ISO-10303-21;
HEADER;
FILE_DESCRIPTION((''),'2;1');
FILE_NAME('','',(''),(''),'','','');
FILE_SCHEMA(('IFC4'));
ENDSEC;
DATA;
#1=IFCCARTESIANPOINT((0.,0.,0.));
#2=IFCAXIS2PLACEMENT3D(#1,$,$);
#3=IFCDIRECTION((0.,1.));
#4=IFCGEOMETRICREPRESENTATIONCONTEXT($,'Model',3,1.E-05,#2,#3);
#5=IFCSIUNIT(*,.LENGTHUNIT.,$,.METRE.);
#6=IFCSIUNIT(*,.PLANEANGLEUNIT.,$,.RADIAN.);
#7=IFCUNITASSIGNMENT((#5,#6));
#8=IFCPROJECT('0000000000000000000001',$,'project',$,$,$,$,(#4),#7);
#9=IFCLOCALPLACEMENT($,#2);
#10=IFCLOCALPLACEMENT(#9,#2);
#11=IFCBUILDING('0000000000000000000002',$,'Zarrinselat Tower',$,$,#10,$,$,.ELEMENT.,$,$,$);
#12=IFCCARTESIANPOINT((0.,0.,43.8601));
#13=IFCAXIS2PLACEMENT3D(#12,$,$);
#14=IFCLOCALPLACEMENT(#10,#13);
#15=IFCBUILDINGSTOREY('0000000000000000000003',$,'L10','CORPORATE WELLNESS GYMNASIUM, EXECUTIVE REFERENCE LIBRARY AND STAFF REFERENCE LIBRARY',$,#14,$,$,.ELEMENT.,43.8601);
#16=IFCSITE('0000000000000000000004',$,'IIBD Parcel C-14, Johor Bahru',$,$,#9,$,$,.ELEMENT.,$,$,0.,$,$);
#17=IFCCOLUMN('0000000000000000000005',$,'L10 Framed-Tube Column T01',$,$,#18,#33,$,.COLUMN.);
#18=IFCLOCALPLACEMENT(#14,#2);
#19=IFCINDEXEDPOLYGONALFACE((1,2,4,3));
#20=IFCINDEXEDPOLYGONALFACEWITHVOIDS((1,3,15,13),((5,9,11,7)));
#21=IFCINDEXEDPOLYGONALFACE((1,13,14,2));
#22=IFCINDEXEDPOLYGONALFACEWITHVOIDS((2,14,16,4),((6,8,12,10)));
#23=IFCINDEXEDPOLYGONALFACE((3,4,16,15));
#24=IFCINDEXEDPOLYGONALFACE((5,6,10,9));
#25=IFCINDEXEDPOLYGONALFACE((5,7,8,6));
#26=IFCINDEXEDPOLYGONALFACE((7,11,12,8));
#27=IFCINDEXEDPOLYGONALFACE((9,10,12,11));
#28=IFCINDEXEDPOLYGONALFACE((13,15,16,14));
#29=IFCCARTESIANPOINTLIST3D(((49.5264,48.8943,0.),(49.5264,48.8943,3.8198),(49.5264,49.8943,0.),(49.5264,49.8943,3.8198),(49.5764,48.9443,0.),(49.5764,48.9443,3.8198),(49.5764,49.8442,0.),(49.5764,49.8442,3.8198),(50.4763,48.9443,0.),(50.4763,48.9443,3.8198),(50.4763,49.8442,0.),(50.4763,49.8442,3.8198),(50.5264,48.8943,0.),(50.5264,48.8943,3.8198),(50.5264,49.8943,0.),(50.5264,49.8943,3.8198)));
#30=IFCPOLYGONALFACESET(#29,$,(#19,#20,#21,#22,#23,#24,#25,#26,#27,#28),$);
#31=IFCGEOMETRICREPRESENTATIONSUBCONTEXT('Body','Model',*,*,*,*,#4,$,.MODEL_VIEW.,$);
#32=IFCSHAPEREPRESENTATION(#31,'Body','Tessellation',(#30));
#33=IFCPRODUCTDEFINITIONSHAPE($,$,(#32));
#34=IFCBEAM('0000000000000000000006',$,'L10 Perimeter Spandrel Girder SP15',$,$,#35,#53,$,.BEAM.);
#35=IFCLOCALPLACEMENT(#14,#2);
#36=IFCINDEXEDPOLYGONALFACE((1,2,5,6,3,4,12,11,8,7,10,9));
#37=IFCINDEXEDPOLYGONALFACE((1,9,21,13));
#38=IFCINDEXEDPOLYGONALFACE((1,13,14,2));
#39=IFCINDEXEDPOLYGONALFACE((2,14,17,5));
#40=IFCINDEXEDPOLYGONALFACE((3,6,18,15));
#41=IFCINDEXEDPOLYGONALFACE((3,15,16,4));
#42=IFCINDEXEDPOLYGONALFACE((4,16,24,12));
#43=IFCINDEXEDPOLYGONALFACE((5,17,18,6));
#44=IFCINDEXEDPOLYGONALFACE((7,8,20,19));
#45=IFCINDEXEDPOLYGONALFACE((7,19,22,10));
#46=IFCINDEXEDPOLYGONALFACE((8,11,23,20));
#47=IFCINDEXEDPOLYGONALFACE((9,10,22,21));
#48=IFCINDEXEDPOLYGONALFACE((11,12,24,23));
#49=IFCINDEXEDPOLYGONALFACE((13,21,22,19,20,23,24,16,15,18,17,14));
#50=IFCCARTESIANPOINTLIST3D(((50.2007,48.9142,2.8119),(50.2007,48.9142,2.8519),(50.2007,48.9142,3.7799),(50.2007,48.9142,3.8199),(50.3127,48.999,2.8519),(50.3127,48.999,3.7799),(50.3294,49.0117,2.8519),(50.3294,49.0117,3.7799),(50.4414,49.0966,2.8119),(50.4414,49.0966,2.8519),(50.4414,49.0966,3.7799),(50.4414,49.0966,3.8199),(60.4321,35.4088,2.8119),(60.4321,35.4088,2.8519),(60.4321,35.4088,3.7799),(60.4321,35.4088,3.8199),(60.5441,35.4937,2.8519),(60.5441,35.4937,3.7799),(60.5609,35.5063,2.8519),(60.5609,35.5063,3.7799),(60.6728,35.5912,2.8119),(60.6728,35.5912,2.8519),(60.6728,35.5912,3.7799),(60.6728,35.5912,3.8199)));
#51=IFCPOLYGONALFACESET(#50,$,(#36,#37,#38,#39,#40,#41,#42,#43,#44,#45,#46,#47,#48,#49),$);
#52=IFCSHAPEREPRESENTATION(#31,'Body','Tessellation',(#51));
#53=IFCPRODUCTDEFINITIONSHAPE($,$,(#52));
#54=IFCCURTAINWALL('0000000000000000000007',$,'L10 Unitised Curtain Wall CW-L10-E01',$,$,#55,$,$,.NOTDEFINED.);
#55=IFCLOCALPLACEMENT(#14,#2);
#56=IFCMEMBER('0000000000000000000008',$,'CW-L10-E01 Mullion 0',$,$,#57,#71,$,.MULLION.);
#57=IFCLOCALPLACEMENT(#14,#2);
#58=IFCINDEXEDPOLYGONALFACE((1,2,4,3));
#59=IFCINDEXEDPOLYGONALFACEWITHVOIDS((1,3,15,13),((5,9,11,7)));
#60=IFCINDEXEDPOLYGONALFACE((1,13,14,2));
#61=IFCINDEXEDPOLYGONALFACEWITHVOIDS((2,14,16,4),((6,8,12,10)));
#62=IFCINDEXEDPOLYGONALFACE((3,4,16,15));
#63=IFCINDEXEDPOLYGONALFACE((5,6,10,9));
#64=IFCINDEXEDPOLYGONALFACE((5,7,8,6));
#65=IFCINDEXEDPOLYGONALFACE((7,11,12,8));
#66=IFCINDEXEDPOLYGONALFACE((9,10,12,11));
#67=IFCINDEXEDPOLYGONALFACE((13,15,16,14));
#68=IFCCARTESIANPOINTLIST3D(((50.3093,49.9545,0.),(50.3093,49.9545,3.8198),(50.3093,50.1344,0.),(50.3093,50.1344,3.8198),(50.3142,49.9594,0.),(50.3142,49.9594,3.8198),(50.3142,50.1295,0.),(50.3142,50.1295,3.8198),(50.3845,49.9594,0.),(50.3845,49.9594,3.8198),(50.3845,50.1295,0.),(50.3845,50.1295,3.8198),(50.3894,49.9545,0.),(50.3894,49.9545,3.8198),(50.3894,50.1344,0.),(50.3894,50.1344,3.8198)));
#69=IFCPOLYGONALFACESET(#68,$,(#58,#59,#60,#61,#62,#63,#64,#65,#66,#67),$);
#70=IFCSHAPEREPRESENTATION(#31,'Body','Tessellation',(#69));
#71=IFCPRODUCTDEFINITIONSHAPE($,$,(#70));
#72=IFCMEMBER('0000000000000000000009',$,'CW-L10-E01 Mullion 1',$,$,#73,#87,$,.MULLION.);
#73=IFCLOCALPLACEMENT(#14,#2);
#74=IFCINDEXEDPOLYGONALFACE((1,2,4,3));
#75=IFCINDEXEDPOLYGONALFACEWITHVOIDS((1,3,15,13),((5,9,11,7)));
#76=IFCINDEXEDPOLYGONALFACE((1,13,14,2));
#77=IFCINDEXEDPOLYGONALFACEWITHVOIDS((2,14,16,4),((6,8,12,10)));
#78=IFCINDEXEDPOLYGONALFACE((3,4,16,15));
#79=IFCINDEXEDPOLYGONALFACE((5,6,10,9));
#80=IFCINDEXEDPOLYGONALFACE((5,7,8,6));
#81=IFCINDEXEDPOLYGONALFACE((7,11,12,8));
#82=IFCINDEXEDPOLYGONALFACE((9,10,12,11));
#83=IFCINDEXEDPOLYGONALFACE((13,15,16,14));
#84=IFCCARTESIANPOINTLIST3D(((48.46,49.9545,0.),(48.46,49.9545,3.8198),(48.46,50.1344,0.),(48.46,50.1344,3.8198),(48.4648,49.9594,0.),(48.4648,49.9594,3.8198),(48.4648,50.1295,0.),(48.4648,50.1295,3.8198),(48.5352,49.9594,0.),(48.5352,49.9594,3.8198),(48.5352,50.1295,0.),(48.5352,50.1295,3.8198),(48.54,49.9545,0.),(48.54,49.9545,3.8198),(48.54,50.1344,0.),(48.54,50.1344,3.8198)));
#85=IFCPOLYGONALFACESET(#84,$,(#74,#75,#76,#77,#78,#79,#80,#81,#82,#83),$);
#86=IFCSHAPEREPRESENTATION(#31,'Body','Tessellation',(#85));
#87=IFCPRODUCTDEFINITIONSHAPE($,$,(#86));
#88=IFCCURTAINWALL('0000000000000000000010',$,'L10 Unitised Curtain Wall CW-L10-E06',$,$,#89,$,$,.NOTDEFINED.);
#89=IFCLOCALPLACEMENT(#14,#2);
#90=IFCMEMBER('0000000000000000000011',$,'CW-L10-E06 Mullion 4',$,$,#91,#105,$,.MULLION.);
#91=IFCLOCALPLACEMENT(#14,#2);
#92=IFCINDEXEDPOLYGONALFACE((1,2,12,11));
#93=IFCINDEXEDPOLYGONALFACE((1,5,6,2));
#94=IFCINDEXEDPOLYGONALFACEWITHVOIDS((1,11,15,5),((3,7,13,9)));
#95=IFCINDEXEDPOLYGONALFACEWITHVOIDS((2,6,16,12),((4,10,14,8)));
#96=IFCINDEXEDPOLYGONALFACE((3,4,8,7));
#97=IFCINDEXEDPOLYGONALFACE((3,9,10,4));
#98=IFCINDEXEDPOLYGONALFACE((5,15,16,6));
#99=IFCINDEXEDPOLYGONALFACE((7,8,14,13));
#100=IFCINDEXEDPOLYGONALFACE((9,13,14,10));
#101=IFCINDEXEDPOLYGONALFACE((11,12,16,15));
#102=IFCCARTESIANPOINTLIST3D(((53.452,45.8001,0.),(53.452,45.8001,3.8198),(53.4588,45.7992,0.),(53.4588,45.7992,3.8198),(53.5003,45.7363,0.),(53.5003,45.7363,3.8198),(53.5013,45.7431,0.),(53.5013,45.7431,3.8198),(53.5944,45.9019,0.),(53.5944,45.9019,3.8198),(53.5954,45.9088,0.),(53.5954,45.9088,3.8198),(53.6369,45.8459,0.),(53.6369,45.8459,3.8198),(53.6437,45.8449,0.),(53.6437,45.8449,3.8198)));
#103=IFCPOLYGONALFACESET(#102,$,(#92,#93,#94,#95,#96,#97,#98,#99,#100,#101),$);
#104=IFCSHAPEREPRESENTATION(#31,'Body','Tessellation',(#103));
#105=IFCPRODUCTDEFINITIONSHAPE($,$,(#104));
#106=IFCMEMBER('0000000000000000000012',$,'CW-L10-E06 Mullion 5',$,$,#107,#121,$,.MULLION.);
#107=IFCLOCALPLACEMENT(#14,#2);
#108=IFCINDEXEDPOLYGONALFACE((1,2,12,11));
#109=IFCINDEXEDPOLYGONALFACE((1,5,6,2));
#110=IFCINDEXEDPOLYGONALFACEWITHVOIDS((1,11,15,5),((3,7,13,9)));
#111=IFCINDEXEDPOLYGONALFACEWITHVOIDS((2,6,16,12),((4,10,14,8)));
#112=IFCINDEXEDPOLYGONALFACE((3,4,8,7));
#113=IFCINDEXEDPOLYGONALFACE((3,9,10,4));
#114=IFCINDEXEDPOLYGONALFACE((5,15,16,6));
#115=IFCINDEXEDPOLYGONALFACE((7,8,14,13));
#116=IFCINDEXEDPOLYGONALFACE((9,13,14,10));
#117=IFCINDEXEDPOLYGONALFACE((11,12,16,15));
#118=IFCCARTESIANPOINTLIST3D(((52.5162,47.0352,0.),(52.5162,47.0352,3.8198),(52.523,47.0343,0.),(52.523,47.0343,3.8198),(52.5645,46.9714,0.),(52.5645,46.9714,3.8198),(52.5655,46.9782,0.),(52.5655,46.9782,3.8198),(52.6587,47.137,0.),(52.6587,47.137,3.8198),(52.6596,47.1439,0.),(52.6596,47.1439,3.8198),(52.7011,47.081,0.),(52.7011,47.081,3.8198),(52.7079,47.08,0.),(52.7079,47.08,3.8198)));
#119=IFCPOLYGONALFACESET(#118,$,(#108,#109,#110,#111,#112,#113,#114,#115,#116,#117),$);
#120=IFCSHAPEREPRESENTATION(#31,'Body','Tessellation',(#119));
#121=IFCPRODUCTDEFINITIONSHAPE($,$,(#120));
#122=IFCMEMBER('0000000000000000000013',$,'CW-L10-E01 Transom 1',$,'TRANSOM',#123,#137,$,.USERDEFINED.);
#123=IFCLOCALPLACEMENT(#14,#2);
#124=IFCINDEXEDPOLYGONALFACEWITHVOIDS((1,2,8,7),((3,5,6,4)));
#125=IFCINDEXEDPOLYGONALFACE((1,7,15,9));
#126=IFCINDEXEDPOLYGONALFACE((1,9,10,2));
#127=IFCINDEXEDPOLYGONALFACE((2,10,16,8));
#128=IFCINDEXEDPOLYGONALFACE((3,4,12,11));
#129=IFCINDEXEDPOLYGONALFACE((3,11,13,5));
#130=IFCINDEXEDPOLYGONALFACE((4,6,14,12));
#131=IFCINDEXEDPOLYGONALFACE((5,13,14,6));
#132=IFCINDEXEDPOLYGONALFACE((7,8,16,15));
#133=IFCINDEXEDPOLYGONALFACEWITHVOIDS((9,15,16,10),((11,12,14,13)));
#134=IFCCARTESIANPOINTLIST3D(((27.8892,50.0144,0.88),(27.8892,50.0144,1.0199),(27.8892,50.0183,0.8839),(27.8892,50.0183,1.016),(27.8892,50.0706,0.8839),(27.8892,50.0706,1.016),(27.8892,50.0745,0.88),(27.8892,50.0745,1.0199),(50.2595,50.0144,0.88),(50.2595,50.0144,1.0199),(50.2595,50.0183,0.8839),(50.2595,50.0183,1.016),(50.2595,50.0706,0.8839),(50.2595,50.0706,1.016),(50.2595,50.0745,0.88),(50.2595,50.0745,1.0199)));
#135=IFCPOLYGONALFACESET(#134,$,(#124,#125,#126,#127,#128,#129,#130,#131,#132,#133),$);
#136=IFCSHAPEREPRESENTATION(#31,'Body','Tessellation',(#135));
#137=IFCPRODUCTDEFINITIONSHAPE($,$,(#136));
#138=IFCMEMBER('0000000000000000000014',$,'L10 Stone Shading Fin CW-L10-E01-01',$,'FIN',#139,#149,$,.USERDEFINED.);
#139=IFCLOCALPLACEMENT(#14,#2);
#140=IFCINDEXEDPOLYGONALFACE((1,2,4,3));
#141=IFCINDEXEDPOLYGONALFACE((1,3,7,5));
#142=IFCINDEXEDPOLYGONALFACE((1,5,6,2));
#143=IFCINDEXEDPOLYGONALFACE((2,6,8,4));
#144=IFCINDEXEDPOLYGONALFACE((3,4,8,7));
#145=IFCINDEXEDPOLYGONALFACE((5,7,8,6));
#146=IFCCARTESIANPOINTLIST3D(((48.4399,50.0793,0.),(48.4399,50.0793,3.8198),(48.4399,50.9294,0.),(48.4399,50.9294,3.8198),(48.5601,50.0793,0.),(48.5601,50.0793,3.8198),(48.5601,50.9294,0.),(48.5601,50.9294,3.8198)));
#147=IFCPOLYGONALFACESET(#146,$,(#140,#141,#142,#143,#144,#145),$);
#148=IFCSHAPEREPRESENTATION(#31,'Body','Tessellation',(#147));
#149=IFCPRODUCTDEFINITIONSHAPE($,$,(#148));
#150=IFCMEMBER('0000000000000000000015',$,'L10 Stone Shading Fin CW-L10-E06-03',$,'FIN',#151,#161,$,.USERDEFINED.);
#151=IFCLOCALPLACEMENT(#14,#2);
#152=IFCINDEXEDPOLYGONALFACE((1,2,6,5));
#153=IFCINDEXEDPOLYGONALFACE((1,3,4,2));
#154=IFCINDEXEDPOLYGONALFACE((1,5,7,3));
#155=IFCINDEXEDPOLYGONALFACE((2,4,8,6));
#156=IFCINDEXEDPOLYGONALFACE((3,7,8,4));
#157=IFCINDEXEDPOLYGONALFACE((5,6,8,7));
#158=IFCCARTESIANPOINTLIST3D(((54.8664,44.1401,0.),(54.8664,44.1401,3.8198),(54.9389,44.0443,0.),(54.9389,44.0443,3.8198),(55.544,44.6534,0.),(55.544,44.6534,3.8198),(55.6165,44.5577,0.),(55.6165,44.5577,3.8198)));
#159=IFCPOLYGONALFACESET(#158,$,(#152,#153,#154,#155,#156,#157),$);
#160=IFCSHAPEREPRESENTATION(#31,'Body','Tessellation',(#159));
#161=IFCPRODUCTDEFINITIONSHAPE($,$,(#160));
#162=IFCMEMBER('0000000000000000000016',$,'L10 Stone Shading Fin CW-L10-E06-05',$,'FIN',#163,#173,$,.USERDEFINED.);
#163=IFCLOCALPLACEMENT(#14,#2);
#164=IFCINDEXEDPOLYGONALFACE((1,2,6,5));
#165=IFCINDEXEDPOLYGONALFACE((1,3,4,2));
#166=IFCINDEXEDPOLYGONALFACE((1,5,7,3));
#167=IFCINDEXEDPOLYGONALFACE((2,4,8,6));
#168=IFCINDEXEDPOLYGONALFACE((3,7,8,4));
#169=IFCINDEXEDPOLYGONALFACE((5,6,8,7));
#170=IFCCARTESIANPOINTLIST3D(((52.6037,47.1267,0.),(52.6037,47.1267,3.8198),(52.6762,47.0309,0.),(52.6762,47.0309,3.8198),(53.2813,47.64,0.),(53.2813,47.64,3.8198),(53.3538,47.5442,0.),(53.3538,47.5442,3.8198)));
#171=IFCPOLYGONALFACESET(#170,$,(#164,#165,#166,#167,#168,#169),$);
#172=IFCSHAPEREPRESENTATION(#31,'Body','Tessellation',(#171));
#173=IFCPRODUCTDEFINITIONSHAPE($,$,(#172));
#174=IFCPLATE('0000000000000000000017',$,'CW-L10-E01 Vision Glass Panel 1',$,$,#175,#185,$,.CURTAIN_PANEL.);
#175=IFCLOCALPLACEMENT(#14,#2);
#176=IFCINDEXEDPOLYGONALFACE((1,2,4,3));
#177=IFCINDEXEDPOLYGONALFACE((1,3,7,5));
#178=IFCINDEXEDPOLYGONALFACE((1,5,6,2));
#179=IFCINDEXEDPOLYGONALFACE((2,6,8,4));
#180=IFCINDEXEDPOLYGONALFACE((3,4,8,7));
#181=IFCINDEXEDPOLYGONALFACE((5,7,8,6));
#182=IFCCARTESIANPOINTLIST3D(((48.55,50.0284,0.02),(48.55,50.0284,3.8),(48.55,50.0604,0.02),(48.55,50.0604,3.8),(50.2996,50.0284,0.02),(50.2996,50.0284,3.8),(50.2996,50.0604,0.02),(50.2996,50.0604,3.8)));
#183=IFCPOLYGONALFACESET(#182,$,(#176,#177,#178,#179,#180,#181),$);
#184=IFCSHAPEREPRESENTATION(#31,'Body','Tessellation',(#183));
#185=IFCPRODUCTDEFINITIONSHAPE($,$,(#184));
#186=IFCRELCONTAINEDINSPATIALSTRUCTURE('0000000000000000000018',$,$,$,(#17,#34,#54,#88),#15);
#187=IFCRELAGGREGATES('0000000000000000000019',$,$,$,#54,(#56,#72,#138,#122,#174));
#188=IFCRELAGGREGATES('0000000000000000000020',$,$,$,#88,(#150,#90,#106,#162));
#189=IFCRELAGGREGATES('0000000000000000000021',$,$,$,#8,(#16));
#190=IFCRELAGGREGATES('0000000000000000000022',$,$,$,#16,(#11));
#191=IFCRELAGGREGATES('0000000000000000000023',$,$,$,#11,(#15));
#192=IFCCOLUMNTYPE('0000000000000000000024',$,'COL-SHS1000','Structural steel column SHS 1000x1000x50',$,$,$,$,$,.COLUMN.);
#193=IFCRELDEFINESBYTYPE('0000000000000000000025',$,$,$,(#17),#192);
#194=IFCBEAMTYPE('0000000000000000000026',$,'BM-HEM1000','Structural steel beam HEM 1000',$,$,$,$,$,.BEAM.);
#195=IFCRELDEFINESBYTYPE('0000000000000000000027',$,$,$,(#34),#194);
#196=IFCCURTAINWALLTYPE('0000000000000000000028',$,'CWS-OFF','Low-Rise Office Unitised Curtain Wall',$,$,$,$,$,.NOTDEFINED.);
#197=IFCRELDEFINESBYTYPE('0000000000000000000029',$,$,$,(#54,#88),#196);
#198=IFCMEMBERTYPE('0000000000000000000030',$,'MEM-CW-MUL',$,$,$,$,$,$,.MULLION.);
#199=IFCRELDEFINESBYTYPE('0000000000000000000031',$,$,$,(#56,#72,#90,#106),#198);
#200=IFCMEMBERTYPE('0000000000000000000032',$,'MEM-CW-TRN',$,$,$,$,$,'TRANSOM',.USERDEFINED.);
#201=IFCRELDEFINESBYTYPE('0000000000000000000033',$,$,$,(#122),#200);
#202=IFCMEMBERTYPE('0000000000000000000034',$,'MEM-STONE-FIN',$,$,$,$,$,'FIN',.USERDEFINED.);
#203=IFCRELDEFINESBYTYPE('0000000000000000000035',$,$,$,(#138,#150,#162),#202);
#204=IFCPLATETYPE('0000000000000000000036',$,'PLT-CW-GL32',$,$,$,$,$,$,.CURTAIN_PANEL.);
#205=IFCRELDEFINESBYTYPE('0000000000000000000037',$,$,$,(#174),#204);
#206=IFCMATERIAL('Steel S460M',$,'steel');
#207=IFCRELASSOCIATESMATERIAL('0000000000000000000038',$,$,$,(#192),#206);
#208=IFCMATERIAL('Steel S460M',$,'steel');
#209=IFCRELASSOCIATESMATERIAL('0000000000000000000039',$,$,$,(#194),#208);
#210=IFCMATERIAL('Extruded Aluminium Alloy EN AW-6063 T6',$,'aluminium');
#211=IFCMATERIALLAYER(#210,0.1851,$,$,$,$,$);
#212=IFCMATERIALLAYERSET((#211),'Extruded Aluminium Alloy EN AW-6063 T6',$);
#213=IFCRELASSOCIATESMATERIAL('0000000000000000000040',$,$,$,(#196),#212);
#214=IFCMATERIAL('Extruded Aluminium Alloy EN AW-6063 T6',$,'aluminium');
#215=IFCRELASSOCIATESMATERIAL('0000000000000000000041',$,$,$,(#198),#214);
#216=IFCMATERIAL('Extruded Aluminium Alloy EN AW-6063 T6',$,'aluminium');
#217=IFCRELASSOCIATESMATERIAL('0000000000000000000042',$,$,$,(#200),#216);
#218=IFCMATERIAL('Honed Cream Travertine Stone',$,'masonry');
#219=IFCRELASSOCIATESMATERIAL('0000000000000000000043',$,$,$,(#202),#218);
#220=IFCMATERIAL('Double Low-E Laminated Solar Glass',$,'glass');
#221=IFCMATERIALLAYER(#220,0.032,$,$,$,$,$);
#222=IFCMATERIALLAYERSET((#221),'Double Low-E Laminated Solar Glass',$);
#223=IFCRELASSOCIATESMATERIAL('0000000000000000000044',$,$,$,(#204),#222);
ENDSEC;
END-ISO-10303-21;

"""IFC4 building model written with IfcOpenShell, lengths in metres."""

from ifc_helpers import new_model, si_unit, direction, frame, origin, origin_2d, place, context, subcontext, project, spatial, rectangle, hollow_rectangle, i_section, extrude, material, layer, layer_set, material_profile, profile_set, type_object, element, aggregate, save


model = new_model("IFC4")

# Units and contexts
model_context = context("Model", 3, precision=1e-05, world=origin(), true_north=direction((0.0, 1.0)))
body_context = subcontext(model_context, "Body", "Model", "MODEL_VIEW")
ifc_project = project(units=[si_unit("LENGTHUNIT", "METRE"), si_unit("PLANEANGLEUNIT", "RADIAN")], contexts=[model_context])

# Site, building, storey
site_placement = place(None, origin())
site = spatial("IfcSite", under=ifc_project, at=site_placement, Name="IIBD Parcel C-14, Johor Bahru", CompositionType="ELEMENT", RefElevation=0.0)
building_placement = place(site_placement, origin())
building = spatial("IfcBuilding", under=site, at=building_placement, Name="Zarrinselat Tower", CompositionType="ELEMENT")
storey_placement = place(building_placement, frame((0.0, 0.0, 43.8601)))
storey = spatial("IfcBuildingStorey", under=building, at=storey_placement, Name="L10", Description="CORPORATE WELLNESS GYMNASIUM, EXECUTIVE REFERENCE LIBRARY AND STAFF REFERENCE LIBRARY", CompositionType="ELEMENT", Elevation=43.8601)

# Column
ifc_material_1 = material(Name="Steel S460M", Category="steel")
ifc_material_profile_1 = material_profile(ifc_material_1, hollow_rectangle(XDim=1.0, YDim=1.0, WallThickness=0.05, at=origin_2d()), Name="SHS 1000x1000x50")
ifc_profile_set_1 = profile_set([ifc_material_profile_1], Name="Steel S460M")
column_type = type_object("IfcColumnType", Name="COL-SHS1000", Description="Structural steel column SHS 1000x1000x50", PredefinedType="COLUMN", material=ifc_profile_set_1)
column_placement = place(storey_placement, frame((50.0264, 49.3943, 0.0), z_axis=(0.0, 0.0, 1.0), x_axis=(1.0, 0.0, 0.0)))
element("IfcColumn", 1, at=column_placement, inside=storey, type_object=column_type, Name="L10 Framed-Tube Column T01", PredefinedType="COLUMN", context=body_context, shape_type="SweptSolid", body=[
    extrude(hollow_rectangle(XDim=1.0, YDim=1.0, WallThickness=0.05, at=origin_2d()), origin(), (0.0, 0.0, 1.0), 3.8198),
])

# Beam
ifc_material_2 = material(Name="Steel S460M", Category="steel")
ifc_material_profile_2 = material_profile(ifc_material_2, i_section(OverallWidth=0.302, OverallDepth=1.0081, WebThickness=0.021, FlangeThickness=0.04, at=origin_2d()), Name="HEM 1000")
ifc_profile_set_2 = profile_set([ifc_material_profile_2], Name="Steel S460M")
beam_type = type_object("IfcBeamType", Name="BM-HEM1000", Description="Structural steel beam HEM 1000", PredefinedType="BEAM", material=ifc_profile_set_2)
beam_placement = place(storey_placement, frame((50.321, 49.0054, 3.3159), z_axis=(0.603862, -0.797089, 0.0), x_axis=(0.797089, 0.603862, 0.0)))
element("IfcBeam", 2, at=beam_placement, inside=storey, type_object=beam_type, Name="L10 Perimeter Spandrel Girder SP15", PredefinedType="BEAM", context=body_context, shape_type="SweptSolid", body=[
    extrude(i_section(OverallWidth=0.302, OverallDepth=1.0081, WebThickness=0.021, FlangeThickness=0.04, at=origin_2d()), origin(), (0.0, 0.0, 1.0), 16.9434),
])

# Curtain walls, members
ifc_material_3 = material(Name="Extruded Aluminium Alloy EN AW-6063 T6", Category="aluminium")
ifc_layer_1 = layer(ifc_material_3, 0.1851)
ifc_layer_set_1 = layer_set([ifc_layer_1], Name="Extruded Aluminium Alloy EN AW-6063 T6")
curtain_wall_type = type_object("IfcCurtainWallType", Name="CWS-OFF", Description="Low-Rise Office Unitised Curtain Wall", PredefinedType="NOTDEFINED", material=ifc_layer_set_1)
curtain_wall_1_placement = place(storey_placement, origin())
curtain_wall_1 = element("IfcCurtainWall", 3, at=curtain_wall_1_placement, inside=storey, type_object=curtain_wall_type, Name="L10 Unitised Curtain Wall CW-L10-E01", PredefinedType="NOTDEFINED")
ifc_material_4 = material(Name="Extruded Aluminium Alloy EN AW-6063 T6", Category="aluminium")
ifc_material_profile_3 = material_profile(ifc_material_4, hollow_rectangle(XDim=0.0801, YDim=0.1799, WallThickness=0.0049, at=origin_2d()), Name="RHS 180x80x5")
ifc_profile_set_3 = profile_set([ifc_material_profile_3], Name="Extruded Aluminium Alloy EN AW-6063 T6")
member_type_1 = type_object("IfcMemberType", Name="MEM-CW-MUL", PredefinedType="MULLION", material=ifc_profile_set_3)
member_1_placement = place(storey_placement, frame((50.3494, 50.0444, 0.0), z_axis=(0.0, 0.0, 1.0), x_axis=(-1.0, 0.0, 0.0)))
member_1 = element("IfcMember", 4, at=member_1_placement, type_object=member_type_1, Name="CW-L10-E01 Mullion 0", PredefinedType="MULLION", context=body_context, shape_type="SweptSolid", body=[
    extrude(hollow_rectangle(XDim=0.0801, YDim=0.1799, WallThickness=0.0049, at=origin_2d()), origin(), (0.0, 0.0, 1.0), 3.8198),
])
member_2_placement = place(storey_placement, frame((48.5, 50.0444, 0.0), z_axis=(0.0, 0.0, 1.0), x_axis=(-1.0, 0.0, 0.0)))
member_2 = element("IfcMember", 5, at=member_2_placement, type_object=member_type_1, Name="CW-L10-E01 Mullion 1", PredefinedType="MULLION", context=body_context, shape_type="SweptSolid", body=[
    extrude(hollow_rectangle(XDim=0.0801, YDim=0.1799, WallThickness=0.0049, at=origin_2d()), origin(), (0.0, 0.0, 1.0), 3.8198),
])
curtain_wall_2_placement = place(storey_placement, origin())
curtain_wall_2 = element("IfcCurtainWall", 6, at=curtain_wall_2_placement, inside=storey, type_object=curtain_wall_type, Name="L10 Unitised Curtain Wall CW-L10-E06", PredefinedType="NOTDEFINED")
member_3_placement = place(storey_placement, frame((53.5479, 45.8225, 0.0), z_axis=(0.0, 0.0, 1.0), x_axis=(-0.603858, 0.797092, 0.0)))
member_3 = element("IfcMember", 7, at=member_3_placement, type_object=member_type_1, Name="CW-L10-E06 Mullion 4", PredefinedType="MULLION", context=body_context, shape_type="SweptSolid", body=[
    extrude(hollow_rectangle(XDim=0.0801, YDim=0.1799, WallThickness=0.0049, at=origin_2d()), origin(), (0.0, 0.0, 1.0), 3.8198),
])
member_4_placement = place(storey_placement, frame((52.6121, 47.0576, 0.0), z_axis=(0.0, 0.0, 1.0), x_axis=(-0.603858, 0.797092, 0.0)))
member_4 = element("IfcMember", 8, at=member_4_placement, type_object=member_type_1, Name="CW-L10-E06 Mullion 5", PredefinedType="MULLION", context=body_context, shape_type="SweptSolid", body=[
    extrude(hollow_rectangle(XDim=0.0801, YDim=0.1799, WallThickness=0.0049, at=origin_2d()), origin(), (0.0, 0.0, 1.0), 3.8198),
])

# Members
ifc_material_5 = material(Name="Extruded Aluminium Alloy EN AW-6063 T6", Category="aluminium")
ifc_material_profile_4 = material_profile(ifc_material_5, hollow_rectangle(XDim=0.0601, YDim=0.1399, WallThickness=0.0039, at=origin_2d()), Name="RHS 140x60x4")
ifc_profile_set_4 = profile_set([ifc_material_profile_4], Name="Extruded Aluminium Alloy EN AW-6063 T6")
member_type_2 = type_object("IfcMemberType", Name="MEM-CW-TRN", ElementType="TRANSOM", PredefinedType="USERDEFINED", material=ifc_profile_set_4)
member_5_placement = place(storey_placement, frame((50.2595, 50.0444, 0.95), z_axis=(-1.0, 0.0, 0.0), x_axis=(0.0, -1.0, 0.0)))
member_5 = element("IfcMember", 9, at=member_5_placement, type_object=member_type_2, Name="CW-L10-E01 Transom 1", ObjectType="TRANSOM", PredefinedType="USERDEFINED", context=body_context, shape_type="SweptSolid", body=[
    extrude(hollow_rectangle(XDim=0.0601, YDim=0.1399, WallThickness=0.0039, at=origin_2d()), origin(), (0.0, 0.0, 1.0), 22.3704),
])
ifc_material_6 = material(Name="Honed Cream Travertine Stone", Category="masonry")
ifc_material_profile_5 = material_profile(ifc_material_6, rectangle(XDim=0.1201, YDim=0.8501, at=origin_2d()), Name="FIN 850x120")
ifc_profile_set_5 = profile_set([ifc_material_profile_5], Name="Honed Cream Travertine Stone")
member_type_3 = type_object("IfcMemberType", Name="MEM-STONE-FIN", ElementType="FIN", PredefinedType="USERDEFINED", material=ifc_profile_set_5)
member_6_placement = place(storey_placement, frame((48.5, 50.5044, 0.0), z_axis=(0.0, 0.0, 1.0), x_axis=(1.0, 0.0, 0.0)))
member_6 = element("IfcMember", 10, at=member_6_placement, type_object=member_type_3, Name="L10 Stone Shading Fin CW-L10-E01-01", ObjectType="FIN", PredefinedType="USERDEFINED", context=body_context, shape_type="SweptSolid", body=[
    extrude(rectangle(XDim=0.1201, YDim=0.8501, at=origin_2d()), origin(), (0.0, 0.0, 1.0), 3.8198),
])
member_7_placement = place(storey_placement, frame((55.2415, 44.3489, 0.0), z_axis=(0.0, 0.0, 1.0), x_axis=(0.603858, -0.797092, 0.0)))
member_7 = element("IfcMember", 11, at=member_7_placement, type_object=member_type_3, Name="L10 Stone Shading Fin CW-L10-E06-03", ObjectType="FIN", PredefinedType="USERDEFINED", context=body_context, shape_type="SweptSolid", body=[
    extrude(rectangle(XDim=0.1201, YDim=0.8501, at=origin_2d()), origin(), (0.0, 0.0, 1.0), 3.8198),
])
member_8_placement = place(storey_placement, frame((52.9788, 47.3354, 0.0), z_axis=(0.0, 0.0, 1.0), x_axis=(0.603858, -0.797092, 0.0)))
member_8 = element("IfcMember", 12, at=member_8_placement, type_object=member_type_3, Name="L10 Stone Shading Fin CW-L10-E06-05", ObjectType="FIN", PredefinedType="USERDEFINED", context=body_context, shape_type="SweptSolid", body=[
    extrude(rectangle(XDim=0.1201, YDim=0.8501, at=origin_2d()), origin(), (0.0, 0.0, 1.0), 3.8198),
])

# Plate
ifc_material_7 = material(Name="Double Low-E Laminated Solar Glass", Category="glass")
ifc_layer_2 = layer(ifc_material_7, 0.032)
ifc_layer_set_2 = layer_set([ifc_layer_2], Name="Double Low-E Laminated Solar Glass")
plate_type = type_object("IfcPlateType", Name="PLT-CW-GL32", PredefinedType="CURTAIN_PANEL", material=ifc_layer_set_2)
plate_1_placement = place(storey_placement, frame((49.4248, 50.0444, 0.02), z_axis=(0.0, 0.0, 1.0), x_axis=(-1.0, 0.0, 0.0)))
plate_1 = element("IfcPlate", 13, at=plate_1_placement, type_object=plate_type, Name="CW-L10-E01 Vision Glass Panel 1", PredefinedType="CURTAIN_PANEL", context=body_context, shape_type="SweptSolid", body=[
    extrude(rectangle(XDim=1.7495, YDim=0.032, at=origin_2d()), origin(), (0.0, 0.0, 1.0), 3.78),
])
aggregate(curtain_wall_1, [member_1, member_2, member_6, member_5, plate_1])
aggregate(curtain_wall_2, [member_7, member_3, member_4, member_8])

save(model, "model.ifc")
